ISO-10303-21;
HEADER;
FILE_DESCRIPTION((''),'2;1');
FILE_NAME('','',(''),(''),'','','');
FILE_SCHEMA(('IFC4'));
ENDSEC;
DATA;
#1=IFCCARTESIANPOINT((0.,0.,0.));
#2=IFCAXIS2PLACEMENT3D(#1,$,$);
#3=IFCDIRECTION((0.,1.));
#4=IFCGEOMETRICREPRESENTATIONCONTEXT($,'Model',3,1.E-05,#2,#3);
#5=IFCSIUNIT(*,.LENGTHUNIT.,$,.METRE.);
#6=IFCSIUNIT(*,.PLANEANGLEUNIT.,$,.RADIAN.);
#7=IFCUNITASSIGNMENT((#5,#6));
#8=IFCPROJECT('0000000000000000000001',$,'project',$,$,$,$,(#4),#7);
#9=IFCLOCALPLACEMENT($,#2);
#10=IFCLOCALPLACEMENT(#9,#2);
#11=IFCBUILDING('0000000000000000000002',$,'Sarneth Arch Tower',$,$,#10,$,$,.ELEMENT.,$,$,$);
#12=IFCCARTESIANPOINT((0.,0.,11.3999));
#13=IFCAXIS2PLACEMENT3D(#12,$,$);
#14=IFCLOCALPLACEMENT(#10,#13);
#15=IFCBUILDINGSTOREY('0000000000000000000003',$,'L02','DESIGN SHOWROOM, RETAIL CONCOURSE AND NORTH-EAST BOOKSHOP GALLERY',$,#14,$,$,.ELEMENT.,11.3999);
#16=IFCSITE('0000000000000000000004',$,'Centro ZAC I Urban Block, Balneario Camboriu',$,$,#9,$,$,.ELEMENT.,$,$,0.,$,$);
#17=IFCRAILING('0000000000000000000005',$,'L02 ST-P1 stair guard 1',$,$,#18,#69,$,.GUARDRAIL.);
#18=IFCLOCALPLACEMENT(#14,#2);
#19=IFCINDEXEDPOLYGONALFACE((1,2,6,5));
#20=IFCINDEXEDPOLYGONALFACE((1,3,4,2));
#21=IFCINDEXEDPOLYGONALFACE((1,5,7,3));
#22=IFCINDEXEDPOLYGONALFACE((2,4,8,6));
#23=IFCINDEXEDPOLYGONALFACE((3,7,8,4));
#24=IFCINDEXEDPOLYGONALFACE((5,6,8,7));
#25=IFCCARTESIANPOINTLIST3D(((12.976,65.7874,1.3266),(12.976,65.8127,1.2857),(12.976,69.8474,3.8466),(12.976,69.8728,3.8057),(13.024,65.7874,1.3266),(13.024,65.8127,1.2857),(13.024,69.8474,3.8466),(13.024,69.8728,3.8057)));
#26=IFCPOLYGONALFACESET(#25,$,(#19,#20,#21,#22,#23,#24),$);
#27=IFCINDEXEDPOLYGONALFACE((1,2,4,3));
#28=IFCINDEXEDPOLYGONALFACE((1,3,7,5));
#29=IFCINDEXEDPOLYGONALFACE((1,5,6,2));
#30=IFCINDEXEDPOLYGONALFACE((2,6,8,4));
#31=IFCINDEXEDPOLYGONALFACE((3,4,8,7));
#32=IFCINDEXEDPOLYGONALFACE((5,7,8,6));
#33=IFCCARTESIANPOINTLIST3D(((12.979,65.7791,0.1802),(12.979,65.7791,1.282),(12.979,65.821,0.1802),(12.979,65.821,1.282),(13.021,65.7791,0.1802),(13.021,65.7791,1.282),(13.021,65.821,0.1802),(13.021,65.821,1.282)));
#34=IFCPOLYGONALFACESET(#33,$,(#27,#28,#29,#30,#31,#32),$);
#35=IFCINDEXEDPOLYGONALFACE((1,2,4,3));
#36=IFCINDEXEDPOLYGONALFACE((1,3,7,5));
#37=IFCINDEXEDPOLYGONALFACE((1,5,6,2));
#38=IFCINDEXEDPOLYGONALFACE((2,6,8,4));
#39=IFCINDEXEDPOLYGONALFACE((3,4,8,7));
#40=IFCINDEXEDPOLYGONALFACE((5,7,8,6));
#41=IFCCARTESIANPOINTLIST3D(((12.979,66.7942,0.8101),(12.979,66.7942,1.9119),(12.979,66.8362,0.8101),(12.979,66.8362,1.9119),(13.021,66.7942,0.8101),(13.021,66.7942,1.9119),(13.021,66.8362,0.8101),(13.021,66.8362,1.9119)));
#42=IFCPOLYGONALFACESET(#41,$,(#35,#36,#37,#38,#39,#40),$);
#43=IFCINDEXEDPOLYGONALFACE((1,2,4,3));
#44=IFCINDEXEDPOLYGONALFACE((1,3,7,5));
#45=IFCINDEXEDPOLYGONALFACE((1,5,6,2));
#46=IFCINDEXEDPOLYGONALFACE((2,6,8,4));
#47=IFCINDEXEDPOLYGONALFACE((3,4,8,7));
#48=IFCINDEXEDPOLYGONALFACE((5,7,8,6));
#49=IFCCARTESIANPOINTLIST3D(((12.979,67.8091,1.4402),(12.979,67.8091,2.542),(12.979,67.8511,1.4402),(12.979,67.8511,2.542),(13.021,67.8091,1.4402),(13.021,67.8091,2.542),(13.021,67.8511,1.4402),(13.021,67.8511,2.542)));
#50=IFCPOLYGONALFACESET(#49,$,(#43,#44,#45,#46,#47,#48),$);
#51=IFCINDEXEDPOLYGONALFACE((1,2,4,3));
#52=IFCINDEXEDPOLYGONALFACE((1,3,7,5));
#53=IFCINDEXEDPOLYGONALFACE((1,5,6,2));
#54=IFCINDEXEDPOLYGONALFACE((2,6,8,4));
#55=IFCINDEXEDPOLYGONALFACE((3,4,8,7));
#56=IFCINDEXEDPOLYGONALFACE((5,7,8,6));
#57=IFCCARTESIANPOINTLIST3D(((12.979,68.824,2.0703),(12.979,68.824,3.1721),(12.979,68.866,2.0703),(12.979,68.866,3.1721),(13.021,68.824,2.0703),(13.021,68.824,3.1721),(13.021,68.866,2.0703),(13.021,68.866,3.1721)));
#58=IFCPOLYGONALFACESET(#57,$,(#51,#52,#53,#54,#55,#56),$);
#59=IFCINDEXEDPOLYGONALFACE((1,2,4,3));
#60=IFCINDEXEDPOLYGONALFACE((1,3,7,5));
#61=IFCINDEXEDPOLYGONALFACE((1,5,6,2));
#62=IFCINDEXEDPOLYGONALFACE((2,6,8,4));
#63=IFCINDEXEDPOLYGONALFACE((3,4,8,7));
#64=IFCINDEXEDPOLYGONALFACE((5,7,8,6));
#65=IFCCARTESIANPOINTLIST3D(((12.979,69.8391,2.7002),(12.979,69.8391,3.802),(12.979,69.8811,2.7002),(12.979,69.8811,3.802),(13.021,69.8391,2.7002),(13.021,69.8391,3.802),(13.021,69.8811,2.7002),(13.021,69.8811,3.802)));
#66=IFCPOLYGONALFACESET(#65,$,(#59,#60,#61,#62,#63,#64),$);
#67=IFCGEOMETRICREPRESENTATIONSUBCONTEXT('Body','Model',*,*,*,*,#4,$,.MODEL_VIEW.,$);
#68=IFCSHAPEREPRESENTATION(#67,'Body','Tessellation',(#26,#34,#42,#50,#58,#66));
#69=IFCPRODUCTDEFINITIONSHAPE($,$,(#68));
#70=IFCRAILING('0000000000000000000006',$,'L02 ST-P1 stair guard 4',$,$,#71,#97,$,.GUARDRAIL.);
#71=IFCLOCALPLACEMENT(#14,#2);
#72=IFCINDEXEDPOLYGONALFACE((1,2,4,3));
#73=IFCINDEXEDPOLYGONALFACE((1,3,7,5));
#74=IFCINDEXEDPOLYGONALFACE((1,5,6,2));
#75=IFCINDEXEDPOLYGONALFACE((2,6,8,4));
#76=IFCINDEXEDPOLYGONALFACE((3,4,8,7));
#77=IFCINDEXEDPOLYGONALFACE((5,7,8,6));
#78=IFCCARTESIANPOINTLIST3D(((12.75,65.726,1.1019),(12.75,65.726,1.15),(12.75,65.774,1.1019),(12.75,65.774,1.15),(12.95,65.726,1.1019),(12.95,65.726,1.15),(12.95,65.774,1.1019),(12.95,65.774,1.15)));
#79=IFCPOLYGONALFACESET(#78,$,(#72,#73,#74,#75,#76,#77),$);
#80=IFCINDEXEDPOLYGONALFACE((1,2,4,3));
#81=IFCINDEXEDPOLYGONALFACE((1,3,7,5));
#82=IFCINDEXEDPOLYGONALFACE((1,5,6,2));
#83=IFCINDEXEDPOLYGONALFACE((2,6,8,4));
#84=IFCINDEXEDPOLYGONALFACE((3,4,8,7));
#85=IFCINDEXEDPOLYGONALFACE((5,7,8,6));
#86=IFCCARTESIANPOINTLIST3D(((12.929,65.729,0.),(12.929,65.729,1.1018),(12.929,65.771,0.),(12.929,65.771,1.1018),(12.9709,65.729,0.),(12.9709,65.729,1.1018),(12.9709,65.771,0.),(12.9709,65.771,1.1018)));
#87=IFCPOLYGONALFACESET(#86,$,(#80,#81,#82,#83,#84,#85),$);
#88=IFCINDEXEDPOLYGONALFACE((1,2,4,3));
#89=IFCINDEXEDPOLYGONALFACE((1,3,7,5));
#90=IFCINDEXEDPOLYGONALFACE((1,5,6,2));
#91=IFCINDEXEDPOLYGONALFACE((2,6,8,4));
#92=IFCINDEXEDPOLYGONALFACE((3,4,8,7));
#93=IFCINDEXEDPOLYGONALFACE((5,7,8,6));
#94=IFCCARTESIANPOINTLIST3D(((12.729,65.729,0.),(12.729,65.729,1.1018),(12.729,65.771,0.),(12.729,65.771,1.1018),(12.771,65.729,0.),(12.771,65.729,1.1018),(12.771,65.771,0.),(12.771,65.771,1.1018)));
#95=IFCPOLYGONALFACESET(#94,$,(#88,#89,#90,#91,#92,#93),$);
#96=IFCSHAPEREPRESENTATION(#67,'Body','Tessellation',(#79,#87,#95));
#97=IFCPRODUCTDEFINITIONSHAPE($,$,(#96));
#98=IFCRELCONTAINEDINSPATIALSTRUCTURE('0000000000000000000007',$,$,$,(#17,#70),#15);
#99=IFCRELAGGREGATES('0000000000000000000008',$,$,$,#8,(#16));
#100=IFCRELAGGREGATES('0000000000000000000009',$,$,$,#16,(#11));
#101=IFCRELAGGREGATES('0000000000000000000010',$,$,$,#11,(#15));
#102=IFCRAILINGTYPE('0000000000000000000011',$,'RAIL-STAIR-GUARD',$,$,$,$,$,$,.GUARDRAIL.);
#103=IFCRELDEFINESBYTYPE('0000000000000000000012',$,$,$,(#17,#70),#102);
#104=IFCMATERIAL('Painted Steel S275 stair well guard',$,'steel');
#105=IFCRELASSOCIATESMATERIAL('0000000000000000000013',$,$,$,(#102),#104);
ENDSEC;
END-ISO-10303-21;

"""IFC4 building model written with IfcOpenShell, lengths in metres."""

from ifc_helpers import new_model, si_unit, direction, frame, origin, origin_2d, place, context, subcontext, project, spatial, rectangle, extrude, material, type_object, element, save


model = new_model("IFC4")

# Units and contexts
model_context = context("Model", 3, precision=1e-05, world=origin(), true_north=direction((0.0, 1.0)))
body_context = subcontext(model_context, "Body", "Model", "MODEL_VIEW")
ifc_project = project(units=[si_unit("LENGTHUNIT", "METRE"), si_unit("PLANEANGLEUNIT", "RADIAN")], contexts=[model_context])

# Site, building, storey
site_placement = place(None, origin())
site = spatial("IfcSite", under=ifc_project, at=site_placement, Name="Centro ZAC I Urban Block, Balneario Camboriu", CompositionType="ELEMENT", RefElevation=0.0)
building_placement = place(site_placement, origin())
building = spatial("IfcBuilding", under=site, at=building_placement, Name="Sarneth Arch Tower", CompositionType="ELEMENT")
storey_placement = place(building_placement, frame((0.0, 0.0, 11.3999)))
storey = spatial("IfcBuildingStorey", under=building, at=storey_placement, Name="L02", Description="DESIGN SHOWROOM, RETAIL CONCOURSE AND NORTH-EAST BOOKSHOP GALLERY", CompositionType="ELEMENT", Elevation=11.3999)

# Railings
ifc_material_1 = material(Name="Painted Steel S275 stair well guard", Category="steel")
railing_type_1 = type_object("IfcRailingType", Name="RAIL-STAIR-GUARD", PredefinedType="GUARDRAIL", material=ifc_material_1)
railing_1_placement = place(storey_placement, frame((13.0, 65.8, 0.1802)))
element("IfcRailing", 1, at=railing_1_placement, inside=storey, type_object=railing_type_1, Name="L02 ST-P1 stair guard 1", PredefinedType="GUARDRAIL", context=body_context, shape_type="SweptSolid", body=[
    extrude(rectangle(XDim=0.0481, YDim=0.0481, at=origin_2d()), frame((0.0, 0.0, 1.126), z_axis=(0.0, 0.849642, 0.52736), x_axis=(-1.0, 0.0, 0.0)), (0.0, 0.0, 1.0), 4.7786),
    extrude(rectangle(XDim=0.042, YDim=0.042, at=origin_2d()), origin(), (0.0, 0.0, 1.0), 1.1018),
    extrude(rectangle(XDim=0.042, YDim=0.042, at=origin_2d()), frame((0.0, 1.0151, 0.6299)), (0.0, 0.0, 1.0), 1.1018),
    extrude(rectangle(XDim=0.042, YDim=0.042, at=origin_2d()), frame((0.0, 2.03, 1.26)), (0.0, 0.0, 1.0), 1.1018),
    extrude(rectangle(XDim=0.042, YDim=0.042, at=origin_2d()), frame((0.0, 3.0449, 1.8901)), (0.0, 0.0, 1.0), 1.1018),
    extrude(rectangle(XDim=0.042, YDim=0.042, at=origin_2d()), frame((0.0, 4.0601, 2.52)), (0.0, 0.0, 1.0), 1.1018),
])
railing_2_placement = place(storey_placement, frame((12.95, 65.75, 0.0)))
element("IfcRailing", 2, at=railing_2_placement, inside=storey, type_object=railing_type_1, Name="L02 ST-P1 stair guard 4", PredefinedType="GUARDRAIL", context=body_context, shape_type="SweptSolid", body=[
    extrude(rectangle(XDim=0.0481, YDim=0.0481, at=origin_2d()), frame((0.0, 0.0, 1.126), z_axis=(-1.0, 0.0, 0.0), x_axis=(0.0, -1.0, 0.0)), (0.0, 0.0, 1.0), 0.2),
    extrude(rectangle(XDim=0.042, YDim=0.042, at=origin_2d()), origin(), (0.0, 0.0, 1.0), 1.1018),
    extrude(rectangle(XDim=0.042, YDim=0.042, at=origin_2d()), frame((-0.2, 0.0, 0.0)), (0.0, 0.0, 1.0), 1.1018),
])

save(model, "model.ifc")
